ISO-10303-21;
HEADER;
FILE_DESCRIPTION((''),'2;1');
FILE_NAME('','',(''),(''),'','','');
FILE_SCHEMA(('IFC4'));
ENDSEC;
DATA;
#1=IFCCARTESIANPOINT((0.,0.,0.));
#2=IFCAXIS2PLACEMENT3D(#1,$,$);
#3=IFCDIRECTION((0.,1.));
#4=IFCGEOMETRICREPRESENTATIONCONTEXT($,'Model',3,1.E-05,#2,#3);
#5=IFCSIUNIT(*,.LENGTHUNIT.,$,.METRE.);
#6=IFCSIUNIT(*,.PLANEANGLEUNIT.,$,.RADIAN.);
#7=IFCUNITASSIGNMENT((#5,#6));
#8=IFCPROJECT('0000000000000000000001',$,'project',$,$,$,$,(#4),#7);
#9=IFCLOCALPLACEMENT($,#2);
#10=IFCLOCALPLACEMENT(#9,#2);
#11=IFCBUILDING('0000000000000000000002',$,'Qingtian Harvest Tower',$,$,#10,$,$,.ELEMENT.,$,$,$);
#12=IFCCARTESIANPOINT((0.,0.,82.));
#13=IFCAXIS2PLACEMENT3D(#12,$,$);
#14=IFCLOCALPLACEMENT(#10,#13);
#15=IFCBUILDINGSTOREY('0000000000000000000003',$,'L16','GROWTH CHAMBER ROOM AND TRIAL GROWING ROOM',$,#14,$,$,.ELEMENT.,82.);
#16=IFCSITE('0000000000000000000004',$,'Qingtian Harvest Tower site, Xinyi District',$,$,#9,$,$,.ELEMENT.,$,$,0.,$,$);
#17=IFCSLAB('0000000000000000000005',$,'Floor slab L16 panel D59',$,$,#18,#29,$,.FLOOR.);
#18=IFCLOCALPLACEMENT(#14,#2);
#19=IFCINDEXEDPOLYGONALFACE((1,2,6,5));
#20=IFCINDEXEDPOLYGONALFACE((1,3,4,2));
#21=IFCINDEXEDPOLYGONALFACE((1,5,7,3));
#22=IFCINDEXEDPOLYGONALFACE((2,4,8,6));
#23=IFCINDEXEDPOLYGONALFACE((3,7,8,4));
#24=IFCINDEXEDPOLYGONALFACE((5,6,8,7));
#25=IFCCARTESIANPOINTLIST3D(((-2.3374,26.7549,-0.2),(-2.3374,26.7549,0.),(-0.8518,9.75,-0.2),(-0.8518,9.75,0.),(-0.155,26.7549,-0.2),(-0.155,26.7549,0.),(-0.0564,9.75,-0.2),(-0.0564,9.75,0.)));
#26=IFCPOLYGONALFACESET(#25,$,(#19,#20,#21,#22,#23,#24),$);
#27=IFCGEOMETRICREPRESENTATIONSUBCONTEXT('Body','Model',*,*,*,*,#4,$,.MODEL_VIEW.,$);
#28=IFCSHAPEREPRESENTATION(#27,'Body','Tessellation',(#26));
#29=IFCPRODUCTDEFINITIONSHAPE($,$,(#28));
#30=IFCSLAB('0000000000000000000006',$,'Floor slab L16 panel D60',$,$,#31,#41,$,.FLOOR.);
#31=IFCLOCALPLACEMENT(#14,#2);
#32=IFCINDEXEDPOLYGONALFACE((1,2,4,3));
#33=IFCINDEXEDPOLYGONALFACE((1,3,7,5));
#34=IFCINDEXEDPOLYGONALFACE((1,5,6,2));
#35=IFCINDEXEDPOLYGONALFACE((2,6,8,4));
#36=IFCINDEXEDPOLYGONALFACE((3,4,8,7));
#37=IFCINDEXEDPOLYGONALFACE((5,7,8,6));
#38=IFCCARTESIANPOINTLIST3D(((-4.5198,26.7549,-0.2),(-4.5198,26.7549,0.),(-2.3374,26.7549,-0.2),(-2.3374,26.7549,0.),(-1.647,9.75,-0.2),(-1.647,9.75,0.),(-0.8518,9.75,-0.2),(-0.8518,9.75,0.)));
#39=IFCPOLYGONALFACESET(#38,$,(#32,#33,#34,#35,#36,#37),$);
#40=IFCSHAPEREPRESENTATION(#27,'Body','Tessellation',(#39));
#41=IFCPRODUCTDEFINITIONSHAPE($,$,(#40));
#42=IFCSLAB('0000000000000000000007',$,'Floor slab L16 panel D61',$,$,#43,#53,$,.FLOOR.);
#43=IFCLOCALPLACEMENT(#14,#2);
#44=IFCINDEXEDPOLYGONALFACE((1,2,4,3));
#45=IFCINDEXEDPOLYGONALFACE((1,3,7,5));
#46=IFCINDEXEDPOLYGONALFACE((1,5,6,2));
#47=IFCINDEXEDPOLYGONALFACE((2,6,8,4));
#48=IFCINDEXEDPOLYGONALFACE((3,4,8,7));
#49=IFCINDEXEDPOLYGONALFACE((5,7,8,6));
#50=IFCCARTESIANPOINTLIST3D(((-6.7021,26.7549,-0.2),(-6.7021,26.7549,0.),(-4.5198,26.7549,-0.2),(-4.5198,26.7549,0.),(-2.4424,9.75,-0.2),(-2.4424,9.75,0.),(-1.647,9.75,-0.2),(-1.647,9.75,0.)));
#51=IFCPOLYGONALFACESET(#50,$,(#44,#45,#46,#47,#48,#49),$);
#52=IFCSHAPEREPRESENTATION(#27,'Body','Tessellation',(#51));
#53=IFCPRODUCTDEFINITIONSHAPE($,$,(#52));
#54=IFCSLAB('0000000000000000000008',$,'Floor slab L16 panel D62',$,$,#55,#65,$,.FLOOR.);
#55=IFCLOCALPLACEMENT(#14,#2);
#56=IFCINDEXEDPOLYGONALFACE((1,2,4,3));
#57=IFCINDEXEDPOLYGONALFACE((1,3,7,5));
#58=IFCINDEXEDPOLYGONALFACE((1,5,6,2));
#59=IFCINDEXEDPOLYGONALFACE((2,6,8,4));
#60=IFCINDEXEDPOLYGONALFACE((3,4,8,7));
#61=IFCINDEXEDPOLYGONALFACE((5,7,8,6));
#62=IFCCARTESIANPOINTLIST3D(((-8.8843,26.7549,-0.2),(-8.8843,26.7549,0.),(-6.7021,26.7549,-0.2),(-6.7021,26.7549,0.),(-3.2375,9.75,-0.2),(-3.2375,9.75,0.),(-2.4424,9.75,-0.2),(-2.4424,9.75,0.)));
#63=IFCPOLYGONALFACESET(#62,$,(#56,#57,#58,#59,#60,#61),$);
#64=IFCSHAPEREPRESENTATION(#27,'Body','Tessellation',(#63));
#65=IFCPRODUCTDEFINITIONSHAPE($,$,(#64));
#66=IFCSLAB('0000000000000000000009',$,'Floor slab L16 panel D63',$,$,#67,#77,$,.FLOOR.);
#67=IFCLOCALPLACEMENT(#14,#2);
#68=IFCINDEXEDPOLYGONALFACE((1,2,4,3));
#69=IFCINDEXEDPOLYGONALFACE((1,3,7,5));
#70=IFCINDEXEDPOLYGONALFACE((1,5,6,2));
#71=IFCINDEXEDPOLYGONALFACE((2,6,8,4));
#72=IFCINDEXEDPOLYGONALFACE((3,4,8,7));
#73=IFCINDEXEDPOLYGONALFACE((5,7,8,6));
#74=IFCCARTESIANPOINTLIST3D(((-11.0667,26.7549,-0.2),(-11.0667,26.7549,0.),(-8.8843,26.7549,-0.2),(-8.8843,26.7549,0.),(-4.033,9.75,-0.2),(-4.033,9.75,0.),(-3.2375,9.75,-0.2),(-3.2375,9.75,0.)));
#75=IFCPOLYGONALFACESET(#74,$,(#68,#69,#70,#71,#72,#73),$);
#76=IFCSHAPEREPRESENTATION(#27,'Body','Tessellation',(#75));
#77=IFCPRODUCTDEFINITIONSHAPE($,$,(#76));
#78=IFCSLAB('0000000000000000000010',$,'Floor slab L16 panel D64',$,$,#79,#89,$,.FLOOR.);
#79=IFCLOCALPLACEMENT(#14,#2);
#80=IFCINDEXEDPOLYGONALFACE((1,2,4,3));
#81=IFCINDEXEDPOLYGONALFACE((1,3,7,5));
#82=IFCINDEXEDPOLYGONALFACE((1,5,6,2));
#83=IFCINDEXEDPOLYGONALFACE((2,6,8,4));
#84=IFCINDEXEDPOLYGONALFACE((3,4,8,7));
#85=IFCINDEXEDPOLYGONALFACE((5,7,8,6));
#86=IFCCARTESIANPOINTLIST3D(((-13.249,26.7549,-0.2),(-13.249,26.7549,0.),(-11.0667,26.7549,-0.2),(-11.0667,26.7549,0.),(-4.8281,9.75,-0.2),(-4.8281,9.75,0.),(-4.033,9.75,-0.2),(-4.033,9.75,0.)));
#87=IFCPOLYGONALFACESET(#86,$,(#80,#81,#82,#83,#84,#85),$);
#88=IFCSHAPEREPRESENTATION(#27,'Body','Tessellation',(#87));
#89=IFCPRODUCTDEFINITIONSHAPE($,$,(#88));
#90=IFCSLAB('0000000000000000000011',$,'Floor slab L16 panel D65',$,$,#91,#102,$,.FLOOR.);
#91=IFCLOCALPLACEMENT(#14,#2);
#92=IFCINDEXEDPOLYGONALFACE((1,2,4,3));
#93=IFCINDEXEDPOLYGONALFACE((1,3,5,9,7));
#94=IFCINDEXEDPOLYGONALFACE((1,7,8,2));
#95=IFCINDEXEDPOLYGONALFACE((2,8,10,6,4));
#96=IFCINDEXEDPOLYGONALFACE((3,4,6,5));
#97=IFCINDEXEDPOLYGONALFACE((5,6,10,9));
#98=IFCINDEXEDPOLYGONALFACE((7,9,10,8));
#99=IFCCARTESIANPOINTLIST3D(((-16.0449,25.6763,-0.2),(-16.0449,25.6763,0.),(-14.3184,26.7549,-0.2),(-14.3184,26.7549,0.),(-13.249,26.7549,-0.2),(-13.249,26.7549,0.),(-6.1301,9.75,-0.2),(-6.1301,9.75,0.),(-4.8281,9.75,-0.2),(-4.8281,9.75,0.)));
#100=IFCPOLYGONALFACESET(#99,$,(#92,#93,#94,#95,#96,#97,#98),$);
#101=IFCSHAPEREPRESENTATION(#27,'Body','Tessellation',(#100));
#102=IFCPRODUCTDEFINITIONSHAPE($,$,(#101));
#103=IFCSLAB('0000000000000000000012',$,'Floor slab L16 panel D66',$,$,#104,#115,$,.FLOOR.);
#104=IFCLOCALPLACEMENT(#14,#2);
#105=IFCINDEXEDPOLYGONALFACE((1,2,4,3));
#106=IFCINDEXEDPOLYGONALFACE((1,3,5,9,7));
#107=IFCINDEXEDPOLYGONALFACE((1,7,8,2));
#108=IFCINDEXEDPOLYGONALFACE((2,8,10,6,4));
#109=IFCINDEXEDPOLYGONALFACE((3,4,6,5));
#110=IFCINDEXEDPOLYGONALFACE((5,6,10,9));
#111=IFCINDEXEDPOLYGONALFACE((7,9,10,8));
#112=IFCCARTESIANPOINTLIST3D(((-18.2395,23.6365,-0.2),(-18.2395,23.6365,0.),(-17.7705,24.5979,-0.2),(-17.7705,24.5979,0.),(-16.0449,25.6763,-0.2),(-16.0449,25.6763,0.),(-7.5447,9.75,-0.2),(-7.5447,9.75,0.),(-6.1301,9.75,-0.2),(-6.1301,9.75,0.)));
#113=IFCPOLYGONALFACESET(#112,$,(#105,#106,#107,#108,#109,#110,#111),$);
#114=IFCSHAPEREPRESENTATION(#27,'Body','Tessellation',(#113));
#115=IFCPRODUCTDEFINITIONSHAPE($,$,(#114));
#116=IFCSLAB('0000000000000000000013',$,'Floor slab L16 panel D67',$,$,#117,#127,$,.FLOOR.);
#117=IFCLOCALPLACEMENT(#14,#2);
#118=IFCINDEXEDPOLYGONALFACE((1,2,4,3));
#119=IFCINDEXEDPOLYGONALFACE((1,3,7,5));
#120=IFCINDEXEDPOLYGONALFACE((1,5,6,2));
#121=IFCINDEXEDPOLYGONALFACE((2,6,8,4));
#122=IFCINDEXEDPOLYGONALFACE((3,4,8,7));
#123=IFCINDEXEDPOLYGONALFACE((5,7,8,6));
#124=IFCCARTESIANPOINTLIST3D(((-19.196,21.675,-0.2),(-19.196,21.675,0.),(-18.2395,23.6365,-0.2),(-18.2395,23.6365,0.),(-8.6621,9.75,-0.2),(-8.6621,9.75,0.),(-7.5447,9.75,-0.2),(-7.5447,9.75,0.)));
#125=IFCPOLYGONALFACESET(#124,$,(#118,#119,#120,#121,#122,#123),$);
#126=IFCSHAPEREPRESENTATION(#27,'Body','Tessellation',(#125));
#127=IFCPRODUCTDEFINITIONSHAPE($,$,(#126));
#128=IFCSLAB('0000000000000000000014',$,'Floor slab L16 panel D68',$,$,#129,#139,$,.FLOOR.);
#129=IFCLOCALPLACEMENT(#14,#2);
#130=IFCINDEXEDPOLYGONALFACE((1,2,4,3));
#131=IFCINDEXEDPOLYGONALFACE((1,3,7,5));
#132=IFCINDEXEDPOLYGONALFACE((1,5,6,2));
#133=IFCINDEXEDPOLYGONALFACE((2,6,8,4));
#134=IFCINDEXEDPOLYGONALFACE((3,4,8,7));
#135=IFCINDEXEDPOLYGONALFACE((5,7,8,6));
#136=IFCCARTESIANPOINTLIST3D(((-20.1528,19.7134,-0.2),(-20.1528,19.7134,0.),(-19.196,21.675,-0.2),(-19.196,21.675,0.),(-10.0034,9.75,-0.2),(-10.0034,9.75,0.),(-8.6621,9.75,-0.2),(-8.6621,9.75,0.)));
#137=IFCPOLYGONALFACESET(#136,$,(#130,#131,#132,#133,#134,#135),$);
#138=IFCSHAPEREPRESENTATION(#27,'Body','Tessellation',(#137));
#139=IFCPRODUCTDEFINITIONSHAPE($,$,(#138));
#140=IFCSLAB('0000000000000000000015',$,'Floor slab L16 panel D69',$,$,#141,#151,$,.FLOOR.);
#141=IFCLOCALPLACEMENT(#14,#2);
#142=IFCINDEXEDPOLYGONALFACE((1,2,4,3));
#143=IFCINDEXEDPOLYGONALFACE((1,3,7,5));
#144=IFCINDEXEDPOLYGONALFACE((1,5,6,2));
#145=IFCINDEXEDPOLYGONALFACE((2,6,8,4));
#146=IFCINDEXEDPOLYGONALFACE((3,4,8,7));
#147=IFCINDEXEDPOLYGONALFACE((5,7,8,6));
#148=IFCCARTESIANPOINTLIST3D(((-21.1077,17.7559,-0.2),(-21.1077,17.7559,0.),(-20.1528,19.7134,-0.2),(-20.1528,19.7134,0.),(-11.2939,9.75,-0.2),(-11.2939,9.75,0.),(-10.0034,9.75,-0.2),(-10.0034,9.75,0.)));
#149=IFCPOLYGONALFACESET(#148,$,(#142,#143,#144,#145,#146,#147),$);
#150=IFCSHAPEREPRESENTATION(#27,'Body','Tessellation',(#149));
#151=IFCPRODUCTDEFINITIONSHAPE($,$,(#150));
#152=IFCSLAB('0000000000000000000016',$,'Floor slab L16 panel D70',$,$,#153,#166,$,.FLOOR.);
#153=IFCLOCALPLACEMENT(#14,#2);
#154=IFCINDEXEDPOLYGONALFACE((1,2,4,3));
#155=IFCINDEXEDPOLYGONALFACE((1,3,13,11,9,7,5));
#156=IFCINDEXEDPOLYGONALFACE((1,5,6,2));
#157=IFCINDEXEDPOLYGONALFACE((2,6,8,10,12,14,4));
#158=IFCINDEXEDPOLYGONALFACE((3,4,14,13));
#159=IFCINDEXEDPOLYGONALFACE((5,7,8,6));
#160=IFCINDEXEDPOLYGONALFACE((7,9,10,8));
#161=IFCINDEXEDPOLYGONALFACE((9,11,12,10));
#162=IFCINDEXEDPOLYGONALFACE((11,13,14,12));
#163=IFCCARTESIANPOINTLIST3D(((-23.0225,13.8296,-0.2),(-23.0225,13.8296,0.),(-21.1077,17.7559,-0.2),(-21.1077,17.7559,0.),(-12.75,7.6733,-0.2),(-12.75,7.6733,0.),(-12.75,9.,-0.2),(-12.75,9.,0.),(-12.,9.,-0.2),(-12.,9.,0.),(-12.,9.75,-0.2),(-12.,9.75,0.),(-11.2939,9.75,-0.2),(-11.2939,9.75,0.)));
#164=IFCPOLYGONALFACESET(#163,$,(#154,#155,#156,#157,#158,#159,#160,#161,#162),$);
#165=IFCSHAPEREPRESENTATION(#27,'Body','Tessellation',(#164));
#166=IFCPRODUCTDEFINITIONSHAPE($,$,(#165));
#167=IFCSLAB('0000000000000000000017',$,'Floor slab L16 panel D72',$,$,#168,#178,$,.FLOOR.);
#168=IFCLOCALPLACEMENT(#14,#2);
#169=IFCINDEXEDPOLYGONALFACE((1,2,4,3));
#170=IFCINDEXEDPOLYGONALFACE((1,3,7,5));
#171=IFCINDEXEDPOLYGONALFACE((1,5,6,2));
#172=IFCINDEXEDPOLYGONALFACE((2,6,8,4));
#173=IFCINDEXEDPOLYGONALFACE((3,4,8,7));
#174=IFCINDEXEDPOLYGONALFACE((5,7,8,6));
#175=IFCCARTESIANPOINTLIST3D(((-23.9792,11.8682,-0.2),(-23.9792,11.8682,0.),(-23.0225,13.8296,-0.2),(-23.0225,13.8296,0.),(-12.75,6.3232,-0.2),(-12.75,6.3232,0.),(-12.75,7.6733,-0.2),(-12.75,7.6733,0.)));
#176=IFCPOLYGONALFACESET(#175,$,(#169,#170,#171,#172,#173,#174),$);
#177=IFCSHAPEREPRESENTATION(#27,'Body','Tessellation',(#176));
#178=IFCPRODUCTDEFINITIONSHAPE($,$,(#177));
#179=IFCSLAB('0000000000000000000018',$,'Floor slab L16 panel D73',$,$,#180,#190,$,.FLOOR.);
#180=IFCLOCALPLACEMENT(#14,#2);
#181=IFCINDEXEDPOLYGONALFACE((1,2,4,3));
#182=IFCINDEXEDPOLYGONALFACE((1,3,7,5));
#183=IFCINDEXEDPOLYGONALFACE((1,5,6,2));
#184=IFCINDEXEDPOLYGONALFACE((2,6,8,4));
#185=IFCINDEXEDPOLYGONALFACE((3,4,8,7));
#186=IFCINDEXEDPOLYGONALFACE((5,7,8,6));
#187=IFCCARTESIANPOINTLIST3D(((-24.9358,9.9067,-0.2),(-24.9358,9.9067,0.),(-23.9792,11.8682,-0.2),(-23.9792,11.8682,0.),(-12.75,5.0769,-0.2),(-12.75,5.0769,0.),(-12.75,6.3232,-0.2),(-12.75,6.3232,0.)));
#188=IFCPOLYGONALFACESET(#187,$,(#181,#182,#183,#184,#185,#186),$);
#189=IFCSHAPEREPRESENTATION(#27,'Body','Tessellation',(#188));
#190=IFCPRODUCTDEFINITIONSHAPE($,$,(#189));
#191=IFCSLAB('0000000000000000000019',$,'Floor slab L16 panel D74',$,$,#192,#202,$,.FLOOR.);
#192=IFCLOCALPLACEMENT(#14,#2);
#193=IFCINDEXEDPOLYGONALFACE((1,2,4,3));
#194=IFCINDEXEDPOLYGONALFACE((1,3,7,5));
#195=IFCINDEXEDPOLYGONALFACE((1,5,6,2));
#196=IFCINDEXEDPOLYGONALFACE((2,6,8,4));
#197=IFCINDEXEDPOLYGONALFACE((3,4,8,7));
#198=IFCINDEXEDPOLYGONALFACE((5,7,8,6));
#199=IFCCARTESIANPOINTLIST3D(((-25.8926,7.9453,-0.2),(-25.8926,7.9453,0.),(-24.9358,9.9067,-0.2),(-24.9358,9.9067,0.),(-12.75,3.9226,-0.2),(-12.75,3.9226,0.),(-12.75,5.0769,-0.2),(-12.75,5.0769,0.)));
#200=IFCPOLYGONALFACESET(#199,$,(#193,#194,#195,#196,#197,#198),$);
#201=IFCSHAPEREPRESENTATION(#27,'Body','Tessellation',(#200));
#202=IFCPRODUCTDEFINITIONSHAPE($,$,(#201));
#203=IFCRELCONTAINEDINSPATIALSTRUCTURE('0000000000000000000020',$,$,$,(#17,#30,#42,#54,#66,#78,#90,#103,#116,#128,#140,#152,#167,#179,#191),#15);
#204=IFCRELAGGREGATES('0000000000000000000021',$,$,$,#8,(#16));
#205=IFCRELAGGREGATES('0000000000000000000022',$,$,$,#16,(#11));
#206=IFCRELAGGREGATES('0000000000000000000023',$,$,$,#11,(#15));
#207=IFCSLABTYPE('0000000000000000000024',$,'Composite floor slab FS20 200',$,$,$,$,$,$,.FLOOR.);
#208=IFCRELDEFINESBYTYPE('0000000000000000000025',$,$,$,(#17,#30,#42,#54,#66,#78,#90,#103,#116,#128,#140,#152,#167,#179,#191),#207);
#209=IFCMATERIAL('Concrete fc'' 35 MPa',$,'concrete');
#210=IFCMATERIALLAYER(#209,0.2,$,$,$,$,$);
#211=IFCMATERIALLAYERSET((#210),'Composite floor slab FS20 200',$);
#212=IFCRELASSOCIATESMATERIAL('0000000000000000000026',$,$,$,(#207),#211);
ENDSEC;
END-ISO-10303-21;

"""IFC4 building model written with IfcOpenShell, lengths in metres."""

from ifc_helpers import new_model, si_unit, direction, frame, origin, place, context, subcontext, project, spatial, polyline, outline, extrude, material, layer, layer_set, type_object, element, save


model = new_model("IFC4")

# Units and contexts
model_context = context("Model", 3, precision=1e-05, world=origin(), true_north=direction((0.0, 1.0)))
body_context = subcontext(model_context, "Body", "Model", "MODEL_VIEW")
ifc_project = project(units=[si_unit("LENGTHUNIT", "METRE"), si_unit("PLANEANGLEUNIT", "RADIAN")], contexts=[model_context])

# Site, building, storey
site_placement = place(None, origin())
site = spatial("IfcSite", under=ifc_project, at=site_placement, Name="Qingtian Harvest Tower site, Xinyi District", CompositionType="ELEMENT", RefElevation=0.0)
building_placement = place(site_placement, origin())
building = spatial("IfcBuilding", under=site, at=building_placement, Name="Qingtian Harvest Tower", CompositionType="ELEMENT")
storey_placement = place(building_placement, frame((0.0, 0.0, 82.0)))
storey = spatial("IfcBuildingStorey", under=building, at=storey_placement, Name="L16", Description="GROWTH CHAMBER ROOM AND TRIAL GROWING ROOM", CompositionType="ELEMENT", Elevation=82.0)

# Slabs
ifc_material_1 = material(Name="Concrete fc' 35 MPa", Category="concrete")
ifc_layer_1 = layer(ifc_material_1, 0.2)
ifc_layer_set_1 = layer_set([ifc_layer_1], Name="Composite floor slab FS20 200")
slab_type = type_object("IfcSlabType", Name="Composite floor slab FS20 200", PredefinedType="FLOOR", material=ifc_layer_set_1)
slab_1_placement = place(storey_placement, frame((0.0, 0.0, -0.2)))
element("IfcSlab", 1, at=slab_1_placement, inside=storey, type_object=slab_type, Name="Floor slab L16 panel D59", PredefinedType="FLOOR", context=body_context, shape_type="SweptSolid", body=[
    extrude(outline(polyline([(-0.8518, 9.75), (-2.3374, 26.7549), (-0.155, 26.7549), (-0.0564, 9.75), (-0.8518, 9.75)])), origin(), (0.0, 0.0, 1.0), 0.2),
])
slab_2_placement = place(storey_placement, frame((0.0, 0.0, -0.2)))
element("IfcSlab", 2, at=slab_2_placement, inside=storey, type_object=slab_type, Name="Floor slab L16 panel D60", PredefinedType="FLOOR", context=body_context, shape_type="SweptSolid", body=[
    extrude(outline(polyline([(-1.647, 9.75), (-4.5198, 26.7549), (-2.3374, 26.7549), (-0.8518, 9.75), (-1.647, 9.75)])), origin(), (0.0, 0.0, 1.0), 0.2),
])
slab_3_placement = place(storey_placement, frame((0.0, 0.0, -0.2)))
element("IfcSlab", 3, at=slab_3_placement, inside=storey, type_object=slab_type, Name="Floor slab L16 panel D61", PredefinedType="FLOOR", context=body_context, shape_type="SweptSolid", body=[
    extrude(outline(polyline([(-2.4424, 9.75), (-6.7021, 26.7549), (-4.5198, 26.7549), (-1.647, 9.75), (-2.4424, 9.75)])), origin(), (0.0, 0.0, 1.0), 0.2),
])
slab_4_placement = place(storey_placement, frame((0.0, 0.0, -0.2)))
element("IfcSlab", 4, at=slab_4_placement, inside=storey, type_object=slab_type, Name="Floor slab L16 panel D62", PredefinedType="FLOOR", context=body_context, shape_type="SweptSolid", body=[
    extrude(outline(polyline([(-3.2375, 9.75), (-8.8843, 26.7549), (-6.7021, 26.7549), (-2.4424, 9.75), (-3.2375, 9.75)])), origin(), (0.0, 0.0, 1.0), 0.2),
])
slab_5_placement = place(storey_placement, frame((0.0, 0.0, -0.2)))
element("IfcSlab", 5, at=slab_5_placement, inside=storey, type_object=slab_type, Name="Floor slab L16 panel D63", PredefinedType="FLOOR", context=body_context, shape_type="SweptSolid", body=[
    extrude(outline(polyline([(-4.033, 9.75), (-11.0667, 26.7549), (-8.8843, 26.7549), (-3.2375, 9.75), (-4.033, 9.75)])), origin(), (0.0, 0.0, 1.0), 0.2),
])
slab_6_placement = place(storey_placement, frame((0.0, 0.0, -0.2)))
element("IfcSlab", 6, at=slab_6_placement, inside=storey, type_object=slab_type, Name="Floor slab L16 panel D64", PredefinedType="FLOOR", context=body_context, shape_type="SweptSolid", body=[
    extrude(outline(polyline([(-4.8281, 9.75), (-13.249, 26.7549), (-11.0667, 26.7549), (-4.033, 9.75), (-4.8281, 9.75)])), origin(), (0.0, 0.0, 1.0), 0.2),
])
slab_7_placement = place(storey_placement, frame((0.0, 0.0, -0.2)))
element("IfcSlab", 7, at=slab_7_placement, inside=storey, type_object=slab_type, Name="Floor slab L16 panel D65", PredefinedType="FLOOR", context=body_context, shape_type="SweptSolid", body=[
    extrude(outline(polyline([(-4.8281, 9.75), (-6.1301, 9.75), (-16.0449, 25.6763), (-14.3184, 26.7549), (-13.249, 26.7549), (-4.8281, 9.75)])), origin(), (0.0, 0.0, 1.0), 0.2),
])
slab_8_placement = place(storey_placement, frame((0.0, 0.0, -0.2)))
element("IfcSlab", 8, at=slab_8_placement, inside=storey, type_object=slab_type, Name="Floor slab L16 panel D66", PredefinedType="FLOOR", context=body_context, shape_type="SweptSolid", body=[
    extrude(outline(polyline([(-6.1301, 9.75), (-7.5447, 9.75), (-18.2395, 23.6365), (-17.7705, 24.5979), (-16.0449, 25.6763), (-6.1301, 9.75)])), origin(), (0.0, 0.0, 1.0), 0.2),
])
slab_9_placement = place(storey_placement, frame((0.0, 0.0, -0.2)))
element("IfcSlab", 9, at=slab_9_placement, inside=storey, type_object=slab_type, Name="Floor slab L16 panel D67", PredefinedType="FLOOR", context=body_context, shape_type="SweptSolid", body=[
    extrude(outline(polyline([(-8.6621, 9.75), (-19.196, 21.675), (-18.2395, 23.6365), (-7.5447, 9.75), (-8.6621, 9.75)])), origin(), (0.0, 0.0, 1.0), 0.2),
])
slab_10_placement = place(storey_placement, frame((0.0, 0.0, -0.2)))
element("IfcSlab", 10, at=slab_10_placement, inside=storey, type_object=slab_type, Name="Floor slab L16 panel D68", PredefinedType="FLOOR", context=body_context, shape_type="SweptSolid", body=[
    extrude(outline(polyline([(-10.0034, 9.75), (-20.1528, 19.7134), (-19.196, 21.675), (-8.6621, 9.75), (-10.0034, 9.75)])), origin(), (0.0, 0.0, 1.0), 0.2),
])
slab_11_placement = place(storey_placement, frame((0.0, 0.0, -0.2)))
element("IfcSlab", 11, at=slab_11_placement, inside=storey, type_object=slab_type, Name="Floor slab L16 panel D69", PredefinedType="FLOOR", context=body_context, shape_type="SweptSolid", body=[
    extrude(outline(polyline([(-11.2939, 9.75), (-21.1077, 17.7559), (-20.1528, 19.7134), (-10.0034, 9.75), (-11.2939, 9.75)])), origin(), (0.0, 0.0, 1.0), 0.2),
])
slab_12_placement = place(storey_placement, frame((0.0, 0.0, -0.2)))
element("IfcSlab", 12, at=slab_12_placement, inside=storey, type_object=slab_type, Name="Floor slab L16 panel D70", PredefinedType="FLOOR", context=body_context, shape_type="SweptSolid", body=[
    extrude(outline(polyline([(-12.0, 9.0), (-12.75, 9.0), (-12.75, 7.6733), (-23.0225, 13.8296), (-21.1077, 17.7559), (-11.2939, 9.75), (-12.0, 9.75), (-12.0, 9.0)])), origin(), (0.0, 0.0, 1.0), 0.2),
])
slab_13_placement = place(storey_placement, frame((0.0, 0.0, -0.2)))
element("IfcSlab", 13, at=slab_13_placement, inside=storey, type_object=slab_type, Name="Floor slab L16 panel D72", PredefinedType="FLOOR", context=body_context, shape_type="SweptSolid", body=[
    extrude(outline(polyline([(-12.75, 6.3232), (-23.9792, 11.8682), (-23.0225, 13.8296), (-12.75, 7.6733), (-12.75, 6.3232)])), origin(), (0.0, 0.0, 1.0), 0.2),
])
slab_14_placement = place(storey_placement, frame((0.0, 0.0, -0.2)))
element("IfcSlab", 14, at=slab_14_placement, inside=storey, type_object=slab_type, Name="Floor slab L16 panel D73", PredefinedType="FLOOR", context=body_context, shape_type="SweptSolid", body=[
    extrude(outline(polyline([(-12.75, 5.0769), (-24.9358, 9.9067), (-23.9792, 11.8682), (-12.75, 6.3232), (-12.75, 5.0769)])), origin(), (0.0, 0.0, 1.0), 0.2),
])
slab_15_placement = place(storey_placement, frame((0.0, 0.0, -0.2)))
element("IfcSlab", 15, at=slab_15_placement, inside=storey, type_object=slab_type, Name="Floor slab L16 panel D74", PredefinedType="FLOOR", context=body_context, shape_type="SweptSolid", body=[
    extrude(outline(polyline([(-12.75, 3.9226), (-25.8926, 7.9453), (-24.9358, 9.9067), (-12.75, 5.0769), (-12.75, 3.9226)])), origin(), (0.0, 0.0, 1.0), 0.2),
])

save(model, "model.ifc")
